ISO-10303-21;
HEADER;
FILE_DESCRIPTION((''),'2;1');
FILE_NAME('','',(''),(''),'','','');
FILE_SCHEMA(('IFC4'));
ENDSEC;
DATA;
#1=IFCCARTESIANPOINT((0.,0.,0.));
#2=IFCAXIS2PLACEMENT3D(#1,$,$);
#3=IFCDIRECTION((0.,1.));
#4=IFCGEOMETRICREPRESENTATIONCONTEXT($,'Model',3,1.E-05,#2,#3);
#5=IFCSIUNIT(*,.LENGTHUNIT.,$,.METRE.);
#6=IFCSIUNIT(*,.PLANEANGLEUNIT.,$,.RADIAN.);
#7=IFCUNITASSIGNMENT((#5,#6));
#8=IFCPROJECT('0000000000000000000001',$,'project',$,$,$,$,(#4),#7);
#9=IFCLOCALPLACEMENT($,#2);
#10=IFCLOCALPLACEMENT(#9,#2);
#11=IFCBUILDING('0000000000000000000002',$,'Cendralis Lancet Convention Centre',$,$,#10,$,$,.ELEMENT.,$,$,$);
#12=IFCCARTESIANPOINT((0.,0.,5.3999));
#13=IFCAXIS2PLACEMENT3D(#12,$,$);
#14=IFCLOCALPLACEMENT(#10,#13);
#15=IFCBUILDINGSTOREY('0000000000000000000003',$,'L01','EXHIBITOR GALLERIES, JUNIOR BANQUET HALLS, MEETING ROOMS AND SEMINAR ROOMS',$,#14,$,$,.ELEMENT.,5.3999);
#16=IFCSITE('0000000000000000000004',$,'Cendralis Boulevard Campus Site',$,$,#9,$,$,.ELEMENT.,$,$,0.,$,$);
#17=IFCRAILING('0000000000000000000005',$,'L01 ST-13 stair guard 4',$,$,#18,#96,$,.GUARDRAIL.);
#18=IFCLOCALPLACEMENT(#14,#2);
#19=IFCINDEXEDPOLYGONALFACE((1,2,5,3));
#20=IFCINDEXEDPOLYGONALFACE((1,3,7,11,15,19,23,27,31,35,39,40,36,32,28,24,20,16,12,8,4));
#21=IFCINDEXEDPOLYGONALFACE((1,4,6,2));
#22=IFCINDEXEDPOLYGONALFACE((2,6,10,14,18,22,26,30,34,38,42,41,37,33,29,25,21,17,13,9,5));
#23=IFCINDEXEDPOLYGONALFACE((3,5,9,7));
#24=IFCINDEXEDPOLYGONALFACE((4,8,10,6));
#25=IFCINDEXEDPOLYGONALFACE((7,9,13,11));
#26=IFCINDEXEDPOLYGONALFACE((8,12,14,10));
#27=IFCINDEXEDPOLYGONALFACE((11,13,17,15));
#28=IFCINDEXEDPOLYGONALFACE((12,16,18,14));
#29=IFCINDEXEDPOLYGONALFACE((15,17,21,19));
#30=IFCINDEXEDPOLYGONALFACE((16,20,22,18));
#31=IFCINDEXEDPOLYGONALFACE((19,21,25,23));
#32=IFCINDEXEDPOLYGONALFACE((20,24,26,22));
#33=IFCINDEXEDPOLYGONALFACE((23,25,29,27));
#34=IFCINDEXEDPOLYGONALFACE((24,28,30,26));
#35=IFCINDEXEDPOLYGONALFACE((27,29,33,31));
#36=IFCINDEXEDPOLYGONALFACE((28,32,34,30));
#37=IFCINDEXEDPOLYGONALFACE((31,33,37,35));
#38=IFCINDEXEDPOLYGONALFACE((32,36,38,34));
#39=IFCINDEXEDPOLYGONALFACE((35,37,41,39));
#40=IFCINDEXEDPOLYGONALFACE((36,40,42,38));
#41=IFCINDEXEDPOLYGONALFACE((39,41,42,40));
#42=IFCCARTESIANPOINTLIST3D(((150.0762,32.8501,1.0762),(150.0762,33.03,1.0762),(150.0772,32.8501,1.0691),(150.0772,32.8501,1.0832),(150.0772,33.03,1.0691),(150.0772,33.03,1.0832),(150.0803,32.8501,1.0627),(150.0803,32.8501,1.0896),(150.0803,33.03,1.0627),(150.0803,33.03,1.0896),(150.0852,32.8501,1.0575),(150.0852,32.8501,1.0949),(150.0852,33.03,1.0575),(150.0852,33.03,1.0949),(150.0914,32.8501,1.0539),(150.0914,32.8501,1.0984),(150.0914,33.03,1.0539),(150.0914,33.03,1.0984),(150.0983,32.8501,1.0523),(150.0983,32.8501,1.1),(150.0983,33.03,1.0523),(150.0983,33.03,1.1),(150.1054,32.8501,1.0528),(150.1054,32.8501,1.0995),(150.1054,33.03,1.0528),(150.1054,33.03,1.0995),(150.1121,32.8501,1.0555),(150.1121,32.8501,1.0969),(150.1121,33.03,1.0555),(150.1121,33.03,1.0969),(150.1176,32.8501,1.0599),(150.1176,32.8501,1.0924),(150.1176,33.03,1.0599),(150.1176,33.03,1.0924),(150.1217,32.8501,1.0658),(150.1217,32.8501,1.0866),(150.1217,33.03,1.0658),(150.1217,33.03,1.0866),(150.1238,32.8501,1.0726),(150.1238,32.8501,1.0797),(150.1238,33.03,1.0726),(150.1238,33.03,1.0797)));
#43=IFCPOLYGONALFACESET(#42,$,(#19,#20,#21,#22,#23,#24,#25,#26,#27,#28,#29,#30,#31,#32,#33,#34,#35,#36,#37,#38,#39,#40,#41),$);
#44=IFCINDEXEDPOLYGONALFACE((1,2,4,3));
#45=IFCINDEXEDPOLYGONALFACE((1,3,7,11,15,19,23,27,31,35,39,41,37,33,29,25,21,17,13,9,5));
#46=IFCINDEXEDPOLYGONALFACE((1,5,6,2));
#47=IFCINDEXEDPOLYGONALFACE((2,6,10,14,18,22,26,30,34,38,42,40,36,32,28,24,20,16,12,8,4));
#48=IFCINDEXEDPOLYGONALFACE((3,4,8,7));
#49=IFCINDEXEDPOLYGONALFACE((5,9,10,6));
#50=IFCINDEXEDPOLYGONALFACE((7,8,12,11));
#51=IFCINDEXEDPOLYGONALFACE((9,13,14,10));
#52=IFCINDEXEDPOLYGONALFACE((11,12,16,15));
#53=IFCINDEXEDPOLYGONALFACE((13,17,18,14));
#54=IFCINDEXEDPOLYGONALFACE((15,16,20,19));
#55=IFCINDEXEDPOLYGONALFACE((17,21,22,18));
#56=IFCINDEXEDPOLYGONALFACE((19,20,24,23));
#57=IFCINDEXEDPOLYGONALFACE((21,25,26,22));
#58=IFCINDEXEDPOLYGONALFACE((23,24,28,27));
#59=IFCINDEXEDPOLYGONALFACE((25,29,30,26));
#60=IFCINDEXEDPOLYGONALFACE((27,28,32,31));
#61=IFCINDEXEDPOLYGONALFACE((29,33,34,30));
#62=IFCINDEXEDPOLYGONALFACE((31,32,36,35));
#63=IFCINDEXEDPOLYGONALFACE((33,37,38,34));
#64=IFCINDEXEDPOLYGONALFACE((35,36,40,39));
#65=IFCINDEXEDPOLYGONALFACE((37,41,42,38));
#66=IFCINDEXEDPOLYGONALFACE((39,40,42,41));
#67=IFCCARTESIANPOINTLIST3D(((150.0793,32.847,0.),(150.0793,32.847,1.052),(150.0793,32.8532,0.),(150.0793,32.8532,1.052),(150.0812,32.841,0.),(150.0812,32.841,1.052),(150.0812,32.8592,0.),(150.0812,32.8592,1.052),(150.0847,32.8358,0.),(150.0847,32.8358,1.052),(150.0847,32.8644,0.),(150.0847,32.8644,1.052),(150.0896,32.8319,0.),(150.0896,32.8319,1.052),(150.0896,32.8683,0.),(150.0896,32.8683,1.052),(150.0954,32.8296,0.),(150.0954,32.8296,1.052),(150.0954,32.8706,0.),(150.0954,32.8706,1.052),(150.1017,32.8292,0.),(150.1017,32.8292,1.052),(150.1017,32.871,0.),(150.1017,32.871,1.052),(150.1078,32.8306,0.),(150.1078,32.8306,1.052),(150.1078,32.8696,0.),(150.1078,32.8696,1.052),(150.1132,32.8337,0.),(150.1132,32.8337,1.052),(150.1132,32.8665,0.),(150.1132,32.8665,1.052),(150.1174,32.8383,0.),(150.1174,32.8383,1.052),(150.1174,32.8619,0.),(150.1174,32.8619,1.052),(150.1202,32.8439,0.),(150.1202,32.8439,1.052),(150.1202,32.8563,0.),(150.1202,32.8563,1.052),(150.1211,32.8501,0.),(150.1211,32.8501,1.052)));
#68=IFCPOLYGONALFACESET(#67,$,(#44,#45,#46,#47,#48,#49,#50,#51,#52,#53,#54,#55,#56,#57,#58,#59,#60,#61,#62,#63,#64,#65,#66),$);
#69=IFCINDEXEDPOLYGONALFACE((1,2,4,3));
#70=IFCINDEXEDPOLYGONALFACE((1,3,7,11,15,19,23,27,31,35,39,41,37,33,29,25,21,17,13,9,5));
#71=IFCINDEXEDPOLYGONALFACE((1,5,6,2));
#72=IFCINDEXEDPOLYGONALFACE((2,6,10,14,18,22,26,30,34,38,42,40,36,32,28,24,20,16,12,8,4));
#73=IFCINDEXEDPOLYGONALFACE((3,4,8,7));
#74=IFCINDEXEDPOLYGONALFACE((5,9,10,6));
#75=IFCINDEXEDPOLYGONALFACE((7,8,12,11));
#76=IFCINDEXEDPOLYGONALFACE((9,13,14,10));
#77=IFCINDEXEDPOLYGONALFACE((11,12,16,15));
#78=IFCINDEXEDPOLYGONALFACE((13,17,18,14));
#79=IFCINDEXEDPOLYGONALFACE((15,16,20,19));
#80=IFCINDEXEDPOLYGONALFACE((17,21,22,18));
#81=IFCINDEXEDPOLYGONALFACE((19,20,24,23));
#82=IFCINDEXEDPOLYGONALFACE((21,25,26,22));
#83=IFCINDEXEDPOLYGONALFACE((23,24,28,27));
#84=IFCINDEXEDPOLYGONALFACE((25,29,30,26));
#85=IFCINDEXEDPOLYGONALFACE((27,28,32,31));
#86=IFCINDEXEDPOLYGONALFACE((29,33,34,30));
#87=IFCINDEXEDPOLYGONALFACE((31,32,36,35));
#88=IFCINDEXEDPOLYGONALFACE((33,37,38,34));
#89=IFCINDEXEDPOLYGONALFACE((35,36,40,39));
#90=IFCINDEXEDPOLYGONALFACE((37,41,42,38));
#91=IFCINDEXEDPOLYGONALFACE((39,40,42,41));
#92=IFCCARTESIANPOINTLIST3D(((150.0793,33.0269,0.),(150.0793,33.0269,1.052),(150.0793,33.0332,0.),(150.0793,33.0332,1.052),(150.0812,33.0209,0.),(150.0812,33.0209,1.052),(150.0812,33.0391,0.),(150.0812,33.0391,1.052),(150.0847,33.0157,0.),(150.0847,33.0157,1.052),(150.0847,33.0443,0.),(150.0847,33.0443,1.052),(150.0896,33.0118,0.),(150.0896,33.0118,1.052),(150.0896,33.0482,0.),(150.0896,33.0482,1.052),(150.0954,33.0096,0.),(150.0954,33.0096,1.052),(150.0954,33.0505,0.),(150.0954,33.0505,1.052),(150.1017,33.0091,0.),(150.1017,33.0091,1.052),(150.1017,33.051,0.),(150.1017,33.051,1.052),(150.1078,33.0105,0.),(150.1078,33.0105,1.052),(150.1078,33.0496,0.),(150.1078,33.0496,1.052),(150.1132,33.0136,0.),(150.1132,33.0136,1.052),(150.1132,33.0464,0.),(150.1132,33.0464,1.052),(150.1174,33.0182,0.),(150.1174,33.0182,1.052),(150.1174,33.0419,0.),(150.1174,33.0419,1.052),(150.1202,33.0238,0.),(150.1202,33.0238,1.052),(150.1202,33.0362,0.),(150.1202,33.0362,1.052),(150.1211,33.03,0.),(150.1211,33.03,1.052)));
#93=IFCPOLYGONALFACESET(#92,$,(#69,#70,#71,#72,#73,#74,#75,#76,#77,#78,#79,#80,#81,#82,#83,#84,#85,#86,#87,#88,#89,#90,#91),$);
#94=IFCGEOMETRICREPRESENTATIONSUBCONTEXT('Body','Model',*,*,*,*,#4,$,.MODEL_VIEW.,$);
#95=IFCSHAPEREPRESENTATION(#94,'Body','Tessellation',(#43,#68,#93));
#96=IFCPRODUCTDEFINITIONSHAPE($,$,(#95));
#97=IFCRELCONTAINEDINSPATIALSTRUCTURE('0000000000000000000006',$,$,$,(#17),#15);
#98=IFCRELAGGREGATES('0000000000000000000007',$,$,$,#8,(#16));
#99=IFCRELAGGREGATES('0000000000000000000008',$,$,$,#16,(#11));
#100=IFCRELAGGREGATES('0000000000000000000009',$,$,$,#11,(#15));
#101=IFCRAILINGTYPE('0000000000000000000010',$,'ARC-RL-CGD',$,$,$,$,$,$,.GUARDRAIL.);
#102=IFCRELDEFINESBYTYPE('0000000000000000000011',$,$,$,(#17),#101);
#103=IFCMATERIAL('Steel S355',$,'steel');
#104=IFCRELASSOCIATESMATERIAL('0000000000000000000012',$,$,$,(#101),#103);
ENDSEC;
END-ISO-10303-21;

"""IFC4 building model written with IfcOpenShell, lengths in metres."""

from ifc_helpers import new_model, si_unit, direction, frame, origin, origin_2d, place, context, subcontext, project, spatial, circle, extrude, material, type_object, element, save


model = new_model("IFC4")

# Units and contexts
model_context = context("Model", 3, precision=1e-05, world=origin(), true_north=direction((0.0, 1.0)))
body_context = subcontext(model_context, "Body", "Model", "MODEL_VIEW")
ifc_project = project(units=[si_unit("LENGTHUNIT", "METRE"), si_unit("PLANEANGLEUNIT", "RADIAN")], contexts=[model_context])

# Site, building, storey
site_placement = place(None, origin())
site = spatial("IfcSite", under=ifc_project, at=site_placement, Name="Cendralis Boulevard Campus Site", CompositionType="ELEMENT", RefElevation=0.0)
building_placement = place(site_placement, origin())
building = spatial("IfcBuilding", under=site, at=building_placement, Name="Cendralis Lancet Convention Centre", CompositionType="ELEMENT")
storey_placement = place(building_placement, frame((0.0, 0.0, 5.3999)))
storey = spatial("IfcBuildingStorey", under=building, at=storey_placement, Name="L01", Description="EXHIBITOR GALLERIES, JUNIOR BANQUET HALLS, MEETING ROOMS AND SEMINAR ROOMS", CompositionType="ELEMENT", Elevation=5.3999)

# Shared definitions
ifc_material_1 = material(Name="Steel S355", Category="steel")

# Railing
railing_type_1 = type_object("IfcRailingType", Name="ARC-RL-CGD", PredefinedType="GUARDRAIL", material=ifc_material_1)
railing_1_placement = place(storey_placement, frame((150.1001, 32.8501, 0.0)))
element("IfcRailing", 1, at=railing_1_placement, inside=storey, type_object=railing_type_1, Name="L01 ST-13 stair guard 4", PredefinedType="GUARDRAIL", context=body_context, shape_type="SweptSolid", body=[
    extrude(circle(Radius=0.0239, at=origin_2d()), frame((0.0, 0.0, 1.0762), z_axis=(0.0, 1.0, 0.0), x_axis=(-1.0, 0.0, 0.0)), (0.0, 0.0, 1.0), 0.1799),
    extrude(circle(Radius=0.021, at=origin_2d()), origin(), (0.0, 0.0, 1.0), 1.052),
    extrude(circle(Radius=0.021, at=origin_2d()), frame((0.0, 0.1799, 0.0)), (0.0, 0.0, 1.0), 1.052),
])

save(model, "model.ifc")
